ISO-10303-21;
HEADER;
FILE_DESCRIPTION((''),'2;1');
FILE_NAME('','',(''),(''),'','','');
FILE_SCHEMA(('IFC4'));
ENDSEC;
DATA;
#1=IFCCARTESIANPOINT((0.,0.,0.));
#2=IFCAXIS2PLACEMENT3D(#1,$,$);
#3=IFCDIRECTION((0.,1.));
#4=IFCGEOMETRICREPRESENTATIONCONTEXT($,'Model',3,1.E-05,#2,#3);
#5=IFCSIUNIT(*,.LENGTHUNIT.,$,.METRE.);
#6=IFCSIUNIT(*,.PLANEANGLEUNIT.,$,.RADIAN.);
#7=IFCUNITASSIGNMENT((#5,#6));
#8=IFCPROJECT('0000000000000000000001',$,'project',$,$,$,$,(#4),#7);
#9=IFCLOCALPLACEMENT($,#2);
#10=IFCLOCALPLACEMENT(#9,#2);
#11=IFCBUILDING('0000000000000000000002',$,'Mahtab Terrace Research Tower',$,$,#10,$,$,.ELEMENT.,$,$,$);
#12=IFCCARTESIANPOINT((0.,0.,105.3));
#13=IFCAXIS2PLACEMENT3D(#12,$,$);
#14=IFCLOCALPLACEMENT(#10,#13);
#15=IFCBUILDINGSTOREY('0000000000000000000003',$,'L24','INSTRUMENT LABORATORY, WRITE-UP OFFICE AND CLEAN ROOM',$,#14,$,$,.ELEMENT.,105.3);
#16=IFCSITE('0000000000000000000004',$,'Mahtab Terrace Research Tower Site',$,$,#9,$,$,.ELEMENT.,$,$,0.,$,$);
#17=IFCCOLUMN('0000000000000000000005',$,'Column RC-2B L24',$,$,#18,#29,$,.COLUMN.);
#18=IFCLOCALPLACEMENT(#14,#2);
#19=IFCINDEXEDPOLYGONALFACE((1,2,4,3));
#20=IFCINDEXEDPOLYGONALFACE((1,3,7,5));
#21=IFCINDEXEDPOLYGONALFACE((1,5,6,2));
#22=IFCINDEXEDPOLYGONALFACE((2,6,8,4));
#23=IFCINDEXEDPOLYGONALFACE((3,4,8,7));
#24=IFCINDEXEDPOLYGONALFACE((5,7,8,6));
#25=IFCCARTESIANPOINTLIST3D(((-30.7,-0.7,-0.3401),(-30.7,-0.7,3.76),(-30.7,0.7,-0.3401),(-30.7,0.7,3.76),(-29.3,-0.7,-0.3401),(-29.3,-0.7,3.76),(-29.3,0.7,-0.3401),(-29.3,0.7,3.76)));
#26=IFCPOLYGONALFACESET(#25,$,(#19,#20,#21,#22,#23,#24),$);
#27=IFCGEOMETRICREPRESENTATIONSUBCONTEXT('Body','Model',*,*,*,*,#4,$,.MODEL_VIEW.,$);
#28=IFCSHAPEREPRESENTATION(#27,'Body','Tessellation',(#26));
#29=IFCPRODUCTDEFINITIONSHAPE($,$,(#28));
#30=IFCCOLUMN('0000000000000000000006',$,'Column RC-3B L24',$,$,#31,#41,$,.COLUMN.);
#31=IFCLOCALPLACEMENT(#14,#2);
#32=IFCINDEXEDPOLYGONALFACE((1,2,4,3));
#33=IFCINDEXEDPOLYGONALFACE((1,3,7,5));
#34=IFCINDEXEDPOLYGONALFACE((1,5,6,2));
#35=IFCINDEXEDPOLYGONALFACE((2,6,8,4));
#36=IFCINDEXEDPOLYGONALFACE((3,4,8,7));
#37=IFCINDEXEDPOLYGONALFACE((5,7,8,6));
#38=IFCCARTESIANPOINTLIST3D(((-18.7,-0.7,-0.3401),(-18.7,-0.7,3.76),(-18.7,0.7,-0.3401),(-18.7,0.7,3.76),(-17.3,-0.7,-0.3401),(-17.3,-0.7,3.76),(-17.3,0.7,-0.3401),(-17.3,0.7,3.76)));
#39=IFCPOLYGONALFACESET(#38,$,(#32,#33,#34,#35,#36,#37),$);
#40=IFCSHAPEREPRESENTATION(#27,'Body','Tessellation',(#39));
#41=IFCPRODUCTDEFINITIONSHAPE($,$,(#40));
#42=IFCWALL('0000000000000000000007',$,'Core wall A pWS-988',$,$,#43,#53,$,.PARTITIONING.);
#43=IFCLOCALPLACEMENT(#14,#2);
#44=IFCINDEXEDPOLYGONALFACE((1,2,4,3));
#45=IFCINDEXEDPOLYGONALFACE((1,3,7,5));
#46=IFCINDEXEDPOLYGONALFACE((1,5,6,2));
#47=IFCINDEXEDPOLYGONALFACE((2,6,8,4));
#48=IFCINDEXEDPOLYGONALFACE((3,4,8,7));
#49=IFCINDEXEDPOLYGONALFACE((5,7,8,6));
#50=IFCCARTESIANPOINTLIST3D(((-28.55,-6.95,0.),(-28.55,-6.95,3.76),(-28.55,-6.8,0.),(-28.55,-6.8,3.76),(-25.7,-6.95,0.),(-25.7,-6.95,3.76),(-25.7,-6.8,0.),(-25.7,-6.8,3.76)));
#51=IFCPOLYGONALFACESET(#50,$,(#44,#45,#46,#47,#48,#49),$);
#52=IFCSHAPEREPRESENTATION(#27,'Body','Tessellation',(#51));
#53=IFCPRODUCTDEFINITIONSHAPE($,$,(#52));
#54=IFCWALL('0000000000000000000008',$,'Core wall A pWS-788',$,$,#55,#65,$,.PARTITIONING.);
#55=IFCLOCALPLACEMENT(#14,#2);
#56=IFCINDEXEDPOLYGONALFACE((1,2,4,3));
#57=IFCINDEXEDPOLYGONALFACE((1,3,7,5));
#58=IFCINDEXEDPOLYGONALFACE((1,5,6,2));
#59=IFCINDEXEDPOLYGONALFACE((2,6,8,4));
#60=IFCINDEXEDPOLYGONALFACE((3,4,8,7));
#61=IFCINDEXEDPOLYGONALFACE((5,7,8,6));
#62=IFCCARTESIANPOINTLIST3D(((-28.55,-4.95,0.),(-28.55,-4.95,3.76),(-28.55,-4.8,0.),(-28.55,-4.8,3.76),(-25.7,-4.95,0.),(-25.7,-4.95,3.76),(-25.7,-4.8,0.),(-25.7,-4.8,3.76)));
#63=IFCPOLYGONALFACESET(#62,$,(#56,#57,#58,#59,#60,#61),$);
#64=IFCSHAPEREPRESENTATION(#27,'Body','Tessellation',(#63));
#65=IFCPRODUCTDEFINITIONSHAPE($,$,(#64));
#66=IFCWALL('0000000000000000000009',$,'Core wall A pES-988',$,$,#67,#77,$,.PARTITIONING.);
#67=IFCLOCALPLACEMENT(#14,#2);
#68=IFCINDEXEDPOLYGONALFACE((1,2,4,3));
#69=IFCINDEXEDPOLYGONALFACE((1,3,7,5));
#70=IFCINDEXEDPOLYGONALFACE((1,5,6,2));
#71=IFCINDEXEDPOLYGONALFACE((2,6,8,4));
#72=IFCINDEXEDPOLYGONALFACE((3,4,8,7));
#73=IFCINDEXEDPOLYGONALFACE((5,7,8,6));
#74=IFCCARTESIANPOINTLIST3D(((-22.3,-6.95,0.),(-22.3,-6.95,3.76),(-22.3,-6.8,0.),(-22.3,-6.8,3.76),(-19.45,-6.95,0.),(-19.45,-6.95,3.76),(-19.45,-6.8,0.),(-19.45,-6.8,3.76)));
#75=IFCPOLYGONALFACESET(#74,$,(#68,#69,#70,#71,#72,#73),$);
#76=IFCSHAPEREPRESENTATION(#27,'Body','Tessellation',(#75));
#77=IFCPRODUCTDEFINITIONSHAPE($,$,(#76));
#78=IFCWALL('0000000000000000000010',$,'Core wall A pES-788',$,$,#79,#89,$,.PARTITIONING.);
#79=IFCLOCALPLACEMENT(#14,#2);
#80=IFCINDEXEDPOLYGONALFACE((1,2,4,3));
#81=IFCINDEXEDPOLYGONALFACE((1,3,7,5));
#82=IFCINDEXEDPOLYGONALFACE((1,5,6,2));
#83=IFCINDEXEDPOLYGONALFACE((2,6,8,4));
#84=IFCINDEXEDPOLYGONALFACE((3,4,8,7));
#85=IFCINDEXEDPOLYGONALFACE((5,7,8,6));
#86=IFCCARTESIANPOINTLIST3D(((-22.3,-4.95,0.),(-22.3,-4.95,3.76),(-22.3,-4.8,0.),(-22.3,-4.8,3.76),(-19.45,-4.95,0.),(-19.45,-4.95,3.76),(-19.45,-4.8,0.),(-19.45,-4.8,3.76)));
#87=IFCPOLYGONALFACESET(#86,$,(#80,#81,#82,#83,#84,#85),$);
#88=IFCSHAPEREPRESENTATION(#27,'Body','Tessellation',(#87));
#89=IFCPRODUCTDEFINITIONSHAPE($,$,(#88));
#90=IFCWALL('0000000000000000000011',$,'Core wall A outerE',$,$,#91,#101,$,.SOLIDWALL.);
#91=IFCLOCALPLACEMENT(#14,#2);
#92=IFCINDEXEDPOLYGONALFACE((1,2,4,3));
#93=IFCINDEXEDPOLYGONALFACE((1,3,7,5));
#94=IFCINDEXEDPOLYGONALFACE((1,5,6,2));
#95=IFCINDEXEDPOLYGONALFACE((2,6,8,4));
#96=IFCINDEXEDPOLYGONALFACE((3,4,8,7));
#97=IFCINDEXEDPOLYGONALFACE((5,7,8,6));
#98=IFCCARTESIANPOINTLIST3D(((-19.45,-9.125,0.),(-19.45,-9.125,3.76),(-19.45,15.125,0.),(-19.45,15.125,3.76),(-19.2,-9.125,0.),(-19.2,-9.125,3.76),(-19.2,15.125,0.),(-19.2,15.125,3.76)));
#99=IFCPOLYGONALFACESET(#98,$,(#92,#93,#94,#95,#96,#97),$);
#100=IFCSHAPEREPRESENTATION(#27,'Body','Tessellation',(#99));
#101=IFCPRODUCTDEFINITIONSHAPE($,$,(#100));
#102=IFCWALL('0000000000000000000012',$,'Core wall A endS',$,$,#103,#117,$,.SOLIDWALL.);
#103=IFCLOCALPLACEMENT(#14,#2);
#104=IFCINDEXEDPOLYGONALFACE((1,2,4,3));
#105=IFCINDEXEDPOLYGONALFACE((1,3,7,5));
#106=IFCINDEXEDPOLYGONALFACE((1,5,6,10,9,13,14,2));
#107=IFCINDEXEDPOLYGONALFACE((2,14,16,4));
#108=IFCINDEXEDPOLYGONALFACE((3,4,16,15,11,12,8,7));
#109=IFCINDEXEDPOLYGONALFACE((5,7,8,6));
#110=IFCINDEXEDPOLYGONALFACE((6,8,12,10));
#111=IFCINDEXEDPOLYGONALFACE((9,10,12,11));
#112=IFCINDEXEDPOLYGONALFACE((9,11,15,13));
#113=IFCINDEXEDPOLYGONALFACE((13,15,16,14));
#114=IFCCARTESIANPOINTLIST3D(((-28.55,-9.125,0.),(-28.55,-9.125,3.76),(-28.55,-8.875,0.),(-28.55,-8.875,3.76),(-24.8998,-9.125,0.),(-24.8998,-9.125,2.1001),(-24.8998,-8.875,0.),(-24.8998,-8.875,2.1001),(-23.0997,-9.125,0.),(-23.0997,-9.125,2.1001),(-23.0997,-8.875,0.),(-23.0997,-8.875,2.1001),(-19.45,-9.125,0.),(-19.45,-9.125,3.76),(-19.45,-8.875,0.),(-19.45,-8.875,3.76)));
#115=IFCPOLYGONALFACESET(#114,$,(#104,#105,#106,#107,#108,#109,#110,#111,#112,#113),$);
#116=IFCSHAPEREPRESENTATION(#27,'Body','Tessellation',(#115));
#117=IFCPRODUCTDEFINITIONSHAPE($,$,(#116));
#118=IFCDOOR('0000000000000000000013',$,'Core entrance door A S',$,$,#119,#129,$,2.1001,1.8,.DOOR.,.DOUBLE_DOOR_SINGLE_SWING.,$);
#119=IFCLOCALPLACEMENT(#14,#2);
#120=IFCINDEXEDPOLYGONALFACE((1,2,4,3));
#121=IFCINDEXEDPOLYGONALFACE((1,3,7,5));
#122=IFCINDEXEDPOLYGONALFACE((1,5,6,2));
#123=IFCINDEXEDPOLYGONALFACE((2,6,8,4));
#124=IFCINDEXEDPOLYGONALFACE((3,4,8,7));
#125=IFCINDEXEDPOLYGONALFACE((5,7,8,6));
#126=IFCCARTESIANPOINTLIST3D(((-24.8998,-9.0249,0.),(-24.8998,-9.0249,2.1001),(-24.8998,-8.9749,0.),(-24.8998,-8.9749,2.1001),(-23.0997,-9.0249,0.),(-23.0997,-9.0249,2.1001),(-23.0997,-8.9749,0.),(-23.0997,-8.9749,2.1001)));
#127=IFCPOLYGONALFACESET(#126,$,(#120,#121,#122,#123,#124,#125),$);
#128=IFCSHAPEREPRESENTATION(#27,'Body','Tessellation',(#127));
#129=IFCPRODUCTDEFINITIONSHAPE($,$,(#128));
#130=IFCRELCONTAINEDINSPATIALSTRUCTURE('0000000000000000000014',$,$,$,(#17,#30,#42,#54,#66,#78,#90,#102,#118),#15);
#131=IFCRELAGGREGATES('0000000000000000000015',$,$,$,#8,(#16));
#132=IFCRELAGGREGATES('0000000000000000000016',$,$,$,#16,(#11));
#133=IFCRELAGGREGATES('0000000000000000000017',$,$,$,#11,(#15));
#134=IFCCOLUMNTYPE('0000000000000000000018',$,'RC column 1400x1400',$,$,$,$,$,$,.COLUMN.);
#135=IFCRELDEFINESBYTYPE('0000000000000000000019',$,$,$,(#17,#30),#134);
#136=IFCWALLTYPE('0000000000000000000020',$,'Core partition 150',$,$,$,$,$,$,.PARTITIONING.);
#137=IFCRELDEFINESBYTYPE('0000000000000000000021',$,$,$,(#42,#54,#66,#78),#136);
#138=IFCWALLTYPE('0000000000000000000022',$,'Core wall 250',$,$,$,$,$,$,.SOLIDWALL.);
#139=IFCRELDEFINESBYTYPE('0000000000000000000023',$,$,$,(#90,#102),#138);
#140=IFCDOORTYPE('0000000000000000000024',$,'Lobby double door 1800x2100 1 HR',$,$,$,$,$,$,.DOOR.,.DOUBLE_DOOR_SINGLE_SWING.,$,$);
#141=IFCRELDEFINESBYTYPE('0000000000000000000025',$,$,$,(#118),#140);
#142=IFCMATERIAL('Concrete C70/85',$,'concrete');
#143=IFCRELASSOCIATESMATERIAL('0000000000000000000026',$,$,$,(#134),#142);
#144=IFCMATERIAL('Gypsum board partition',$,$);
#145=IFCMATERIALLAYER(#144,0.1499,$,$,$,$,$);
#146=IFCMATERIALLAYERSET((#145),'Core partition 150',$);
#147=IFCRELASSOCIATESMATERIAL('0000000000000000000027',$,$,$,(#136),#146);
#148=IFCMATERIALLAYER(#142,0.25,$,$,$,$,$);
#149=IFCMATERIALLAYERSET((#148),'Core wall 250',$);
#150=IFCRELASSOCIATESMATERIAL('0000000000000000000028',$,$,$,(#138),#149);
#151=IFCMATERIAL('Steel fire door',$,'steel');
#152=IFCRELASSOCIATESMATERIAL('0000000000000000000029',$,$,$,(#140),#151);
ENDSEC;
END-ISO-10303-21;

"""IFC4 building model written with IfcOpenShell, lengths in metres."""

from ifc_helpers import new_model, si_unit, direction, frame, frame_2d, origin, origin_2d, place, context, subcontext, project, spatial, rectangle, extrude, material, layer, layer_set, material_profile, profile_set, type_object, element, fill, save


model = new_model("IFC4")

# Units and contexts
model_context = context("Model", 3, precision=1e-05, world=origin(), true_north=direction((0.0, 1.0)))
body_context = subcontext(model_context, "Body", "Model", "MODEL_VIEW")
ifc_project = project(units=[si_unit("LENGTHUNIT", "METRE"), si_unit("PLANEANGLEUNIT", "RADIAN")], contexts=[model_context])

# Site, building, storey
site_placement = place(None, origin())
site = spatial("IfcSite", under=ifc_project, at=site_placement, Name="Mahtab Terrace Research Tower Site", CompositionType="ELEMENT", RefElevation=0.0)
building_placement = place(site_placement, origin())
building = spatial("IfcBuilding", under=site, at=building_placement, Name="Mahtab Terrace Research Tower", CompositionType="ELEMENT")
storey_placement = place(building_placement, frame((0.0, 0.0, 105.3)))
storey = spatial("IfcBuildingStorey", under=building, at=storey_placement, Name="L24", Description="INSTRUMENT LABORATORY, WRITE-UP OFFICE AND CLEAN ROOM", CompositionType="ELEMENT", Elevation=105.3)

# Columns
ifc_material_1 = material(Name="Concrete C70/85", Category="concrete")
ifc_material_profile = material_profile(ifc_material_1, rectangle(XDim=1.3999, YDim=1.3999, at=origin_2d()), Name="RC column 1400x1400")
ifc_profile_set = profile_set([ifc_material_profile], Name="Concrete C70/85")
column_type = type_object("IfcColumnType", Name="RC column 1400x1400", PredefinedType="COLUMN", material=ifc_profile_set)
for number, where, z_axis, x_axis, name in (
    (1, (-30.0, 0.0, -0.3401), (0.0, 0.0, 1.0), (1.0, 0.0, 0.0), "Column RC-2B L24"),
    (2, (-18.0, 0.0, -0.3401), (0.0, 0.0, 1.0), (1.0, 0.0, 0.0), "Column RC-3B L24"),
):
    element("IfcColumn", number, at=place(storey_placement, frame(where, z_axis=z_axis, x_axis=x_axis)), inside=storey, type_object=column_type, Name=name, PredefinedType="COLUMN", context=body_context, shape_type="SweptSolid", body=[
        extrude(rectangle(XDim=1.3999, YDim=1.3999, at=origin_2d()), origin(), (0.0, 0.0, 1.0), 4.1001),
    ])

# Walls
ifc_material_2 = material(Name="Gypsum board partition")
ifc_layer_1 = layer(ifc_material_2, 0.1499)
ifc_layer_set_1 = layer_set([ifc_layer_1], Name="Core partition 150")
wall_type_1 = type_object("IfcWallType", Name="Core partition 150", PredefinedType="PARTITIONING", material=ifc_layer_set_1)
for number, where, z_axis, x_axis, name in (
    (3, (-28.55, -6.875, 0.0), (0.0, 0.0, 1.0), (1.0, 0.0, 0.0), "Core wall A pWS-988"),
    (4, (-28.55, -4.875, 0.0), (0.0, 0.0, 1.0), (1.0, 0.0, 0.0), "Core wall A pWS-788"),
    (5, (-22.3, -6.875, 0.0), (0.0, 0.0, 1.0), (1.0, 0.0, 0.0), "Core wall A pES-988"),
    (6, (-22.3, -4.875, 0.0), (0.0, 0.0, 1.0), (1.0, 0.0, 0.0), "Core wall A pES-788"),
):
    element("IfcWall", number, at=place(storey_placement, frame(where, z_axis=z_axis, x_axis=x_axis)), inside=storey, type_object=wall_type_1, Name=name, PredefinedType="PARTITIONING", context=body_context, shape_type="SweptSolid", body=[
        extrude(rectangle(XDim=2.8501, YDim=0.1499, at=frame_2d((1.425, 0.0))), origin(), (0.0, 0.0, 1.0), 3.76),
    ])
ifc_layer_2 = layer(ifc_material_1, 0.25)
ifc_layer_set_2 = layer_set([ifc_layer_2], Name="Core wall 250")
wall_type_2 = type_object("IfcWallType", Name="Core wall 250", PredefinedType="SOLIDWALL", material=ifc_layer_set_2)
wall_1_placement = place(storey_placement, frame((-19.325, -9.125, 0.0), z_axis=(0.0, 0.0, 1.0), x_axis=(0.0, 1.0, 0.0)))
element("IfcWall", 7, at=wall_1_placement, inside=storey, type_object=wall_type_2, Name="Core wall A outerE", PredefinedType="SOLIDWALL", context=body_context, shape_type="SweptSolid", body=[
    extrude(rectangle(XDim=24.25, YDim=0.25, at=frame_2d((12.125, 0.0))), origin(), (0.0, 0.0, 1.0), 3.76),
])

# Wall, opening, door
wall_2_placement = place(storey_placement, frame((-19.45, -9.0, 0.0), z_axis=(0.0, 0.0, 1.0), x_axis=(-1.0, 0.0, 0.0)))
wall_2 = element("IfcWall", 8, at=wall_2_placement, inside=storey, type_object=wall_type_2, Name="Core wall A endS", PredefinedType="SOLIDWALL", context=body_context, shape_type="SweptSolid", body=[
    extrude(rectangle(XDim=9.1001, YDim=0.25, at=frame_2d((4.55, 0.0))), origin(), (0.0, 0.0, 1.0), 3.76),
])
opening_1_placement = place(wall_2_placement, frame((3.6499, 0.0, 0.0)))
opening_1 = element("IfcOpeningElement", 9, at=opening_1_placement, cuts=wall_2, PredefinedType="OPENING", context=body_context, shape_type="SweptSolid", body=[
    extrude(rectangle(XDim=1.8, YDim=2.1001, at=frame_2d((0.8999, 1.05))), frame((0.0, 0.135, 0.0), z_axis=(0.0, -1.0, 0.0), x_axis=(1.0, 0.0, 0.0)), (0.0, 0.0, 1.0), 0.27),
])
ifc_material_3 = material(Name="Steel fire door", Category="steel")
door_type_1 = type_object("IfcDoorType", Name="Lobby double door 1800x2100 1 HR", OperationType="DOUBLE_DOOR_SINGLE_SWING", PredefinedType="DOOR", material=ifc_material_3)
door_1_placement = place(opening_1_placement, origin())
door_1 = element("IfcDoor", 10, at=door_1_placement, inside=storey, type_object=door_type_1, Name="Core entrance door A S", OperationType="DOUBLE_DOOR_SINGLE_SWING", OverallHeight=2.1001, OverallWidth=1.8, PredefinedType="DOOR", context=body_context, shape_type="SweptSolid", body=[
    extrude(rectangle(XDim=1.8, YDim=2.1001, at=frame_2d((0.8999, 1.05))), frame((0.0, 0.0249, 0.0), z_axis=(0.0, -1.0, 0.0), x_axis=(1.0, 0.0, 0.0)), (0.0, 0.0, 1.0), 0.05),
])
fill(opening_1, door_1)

save(model, "model.ifc")
